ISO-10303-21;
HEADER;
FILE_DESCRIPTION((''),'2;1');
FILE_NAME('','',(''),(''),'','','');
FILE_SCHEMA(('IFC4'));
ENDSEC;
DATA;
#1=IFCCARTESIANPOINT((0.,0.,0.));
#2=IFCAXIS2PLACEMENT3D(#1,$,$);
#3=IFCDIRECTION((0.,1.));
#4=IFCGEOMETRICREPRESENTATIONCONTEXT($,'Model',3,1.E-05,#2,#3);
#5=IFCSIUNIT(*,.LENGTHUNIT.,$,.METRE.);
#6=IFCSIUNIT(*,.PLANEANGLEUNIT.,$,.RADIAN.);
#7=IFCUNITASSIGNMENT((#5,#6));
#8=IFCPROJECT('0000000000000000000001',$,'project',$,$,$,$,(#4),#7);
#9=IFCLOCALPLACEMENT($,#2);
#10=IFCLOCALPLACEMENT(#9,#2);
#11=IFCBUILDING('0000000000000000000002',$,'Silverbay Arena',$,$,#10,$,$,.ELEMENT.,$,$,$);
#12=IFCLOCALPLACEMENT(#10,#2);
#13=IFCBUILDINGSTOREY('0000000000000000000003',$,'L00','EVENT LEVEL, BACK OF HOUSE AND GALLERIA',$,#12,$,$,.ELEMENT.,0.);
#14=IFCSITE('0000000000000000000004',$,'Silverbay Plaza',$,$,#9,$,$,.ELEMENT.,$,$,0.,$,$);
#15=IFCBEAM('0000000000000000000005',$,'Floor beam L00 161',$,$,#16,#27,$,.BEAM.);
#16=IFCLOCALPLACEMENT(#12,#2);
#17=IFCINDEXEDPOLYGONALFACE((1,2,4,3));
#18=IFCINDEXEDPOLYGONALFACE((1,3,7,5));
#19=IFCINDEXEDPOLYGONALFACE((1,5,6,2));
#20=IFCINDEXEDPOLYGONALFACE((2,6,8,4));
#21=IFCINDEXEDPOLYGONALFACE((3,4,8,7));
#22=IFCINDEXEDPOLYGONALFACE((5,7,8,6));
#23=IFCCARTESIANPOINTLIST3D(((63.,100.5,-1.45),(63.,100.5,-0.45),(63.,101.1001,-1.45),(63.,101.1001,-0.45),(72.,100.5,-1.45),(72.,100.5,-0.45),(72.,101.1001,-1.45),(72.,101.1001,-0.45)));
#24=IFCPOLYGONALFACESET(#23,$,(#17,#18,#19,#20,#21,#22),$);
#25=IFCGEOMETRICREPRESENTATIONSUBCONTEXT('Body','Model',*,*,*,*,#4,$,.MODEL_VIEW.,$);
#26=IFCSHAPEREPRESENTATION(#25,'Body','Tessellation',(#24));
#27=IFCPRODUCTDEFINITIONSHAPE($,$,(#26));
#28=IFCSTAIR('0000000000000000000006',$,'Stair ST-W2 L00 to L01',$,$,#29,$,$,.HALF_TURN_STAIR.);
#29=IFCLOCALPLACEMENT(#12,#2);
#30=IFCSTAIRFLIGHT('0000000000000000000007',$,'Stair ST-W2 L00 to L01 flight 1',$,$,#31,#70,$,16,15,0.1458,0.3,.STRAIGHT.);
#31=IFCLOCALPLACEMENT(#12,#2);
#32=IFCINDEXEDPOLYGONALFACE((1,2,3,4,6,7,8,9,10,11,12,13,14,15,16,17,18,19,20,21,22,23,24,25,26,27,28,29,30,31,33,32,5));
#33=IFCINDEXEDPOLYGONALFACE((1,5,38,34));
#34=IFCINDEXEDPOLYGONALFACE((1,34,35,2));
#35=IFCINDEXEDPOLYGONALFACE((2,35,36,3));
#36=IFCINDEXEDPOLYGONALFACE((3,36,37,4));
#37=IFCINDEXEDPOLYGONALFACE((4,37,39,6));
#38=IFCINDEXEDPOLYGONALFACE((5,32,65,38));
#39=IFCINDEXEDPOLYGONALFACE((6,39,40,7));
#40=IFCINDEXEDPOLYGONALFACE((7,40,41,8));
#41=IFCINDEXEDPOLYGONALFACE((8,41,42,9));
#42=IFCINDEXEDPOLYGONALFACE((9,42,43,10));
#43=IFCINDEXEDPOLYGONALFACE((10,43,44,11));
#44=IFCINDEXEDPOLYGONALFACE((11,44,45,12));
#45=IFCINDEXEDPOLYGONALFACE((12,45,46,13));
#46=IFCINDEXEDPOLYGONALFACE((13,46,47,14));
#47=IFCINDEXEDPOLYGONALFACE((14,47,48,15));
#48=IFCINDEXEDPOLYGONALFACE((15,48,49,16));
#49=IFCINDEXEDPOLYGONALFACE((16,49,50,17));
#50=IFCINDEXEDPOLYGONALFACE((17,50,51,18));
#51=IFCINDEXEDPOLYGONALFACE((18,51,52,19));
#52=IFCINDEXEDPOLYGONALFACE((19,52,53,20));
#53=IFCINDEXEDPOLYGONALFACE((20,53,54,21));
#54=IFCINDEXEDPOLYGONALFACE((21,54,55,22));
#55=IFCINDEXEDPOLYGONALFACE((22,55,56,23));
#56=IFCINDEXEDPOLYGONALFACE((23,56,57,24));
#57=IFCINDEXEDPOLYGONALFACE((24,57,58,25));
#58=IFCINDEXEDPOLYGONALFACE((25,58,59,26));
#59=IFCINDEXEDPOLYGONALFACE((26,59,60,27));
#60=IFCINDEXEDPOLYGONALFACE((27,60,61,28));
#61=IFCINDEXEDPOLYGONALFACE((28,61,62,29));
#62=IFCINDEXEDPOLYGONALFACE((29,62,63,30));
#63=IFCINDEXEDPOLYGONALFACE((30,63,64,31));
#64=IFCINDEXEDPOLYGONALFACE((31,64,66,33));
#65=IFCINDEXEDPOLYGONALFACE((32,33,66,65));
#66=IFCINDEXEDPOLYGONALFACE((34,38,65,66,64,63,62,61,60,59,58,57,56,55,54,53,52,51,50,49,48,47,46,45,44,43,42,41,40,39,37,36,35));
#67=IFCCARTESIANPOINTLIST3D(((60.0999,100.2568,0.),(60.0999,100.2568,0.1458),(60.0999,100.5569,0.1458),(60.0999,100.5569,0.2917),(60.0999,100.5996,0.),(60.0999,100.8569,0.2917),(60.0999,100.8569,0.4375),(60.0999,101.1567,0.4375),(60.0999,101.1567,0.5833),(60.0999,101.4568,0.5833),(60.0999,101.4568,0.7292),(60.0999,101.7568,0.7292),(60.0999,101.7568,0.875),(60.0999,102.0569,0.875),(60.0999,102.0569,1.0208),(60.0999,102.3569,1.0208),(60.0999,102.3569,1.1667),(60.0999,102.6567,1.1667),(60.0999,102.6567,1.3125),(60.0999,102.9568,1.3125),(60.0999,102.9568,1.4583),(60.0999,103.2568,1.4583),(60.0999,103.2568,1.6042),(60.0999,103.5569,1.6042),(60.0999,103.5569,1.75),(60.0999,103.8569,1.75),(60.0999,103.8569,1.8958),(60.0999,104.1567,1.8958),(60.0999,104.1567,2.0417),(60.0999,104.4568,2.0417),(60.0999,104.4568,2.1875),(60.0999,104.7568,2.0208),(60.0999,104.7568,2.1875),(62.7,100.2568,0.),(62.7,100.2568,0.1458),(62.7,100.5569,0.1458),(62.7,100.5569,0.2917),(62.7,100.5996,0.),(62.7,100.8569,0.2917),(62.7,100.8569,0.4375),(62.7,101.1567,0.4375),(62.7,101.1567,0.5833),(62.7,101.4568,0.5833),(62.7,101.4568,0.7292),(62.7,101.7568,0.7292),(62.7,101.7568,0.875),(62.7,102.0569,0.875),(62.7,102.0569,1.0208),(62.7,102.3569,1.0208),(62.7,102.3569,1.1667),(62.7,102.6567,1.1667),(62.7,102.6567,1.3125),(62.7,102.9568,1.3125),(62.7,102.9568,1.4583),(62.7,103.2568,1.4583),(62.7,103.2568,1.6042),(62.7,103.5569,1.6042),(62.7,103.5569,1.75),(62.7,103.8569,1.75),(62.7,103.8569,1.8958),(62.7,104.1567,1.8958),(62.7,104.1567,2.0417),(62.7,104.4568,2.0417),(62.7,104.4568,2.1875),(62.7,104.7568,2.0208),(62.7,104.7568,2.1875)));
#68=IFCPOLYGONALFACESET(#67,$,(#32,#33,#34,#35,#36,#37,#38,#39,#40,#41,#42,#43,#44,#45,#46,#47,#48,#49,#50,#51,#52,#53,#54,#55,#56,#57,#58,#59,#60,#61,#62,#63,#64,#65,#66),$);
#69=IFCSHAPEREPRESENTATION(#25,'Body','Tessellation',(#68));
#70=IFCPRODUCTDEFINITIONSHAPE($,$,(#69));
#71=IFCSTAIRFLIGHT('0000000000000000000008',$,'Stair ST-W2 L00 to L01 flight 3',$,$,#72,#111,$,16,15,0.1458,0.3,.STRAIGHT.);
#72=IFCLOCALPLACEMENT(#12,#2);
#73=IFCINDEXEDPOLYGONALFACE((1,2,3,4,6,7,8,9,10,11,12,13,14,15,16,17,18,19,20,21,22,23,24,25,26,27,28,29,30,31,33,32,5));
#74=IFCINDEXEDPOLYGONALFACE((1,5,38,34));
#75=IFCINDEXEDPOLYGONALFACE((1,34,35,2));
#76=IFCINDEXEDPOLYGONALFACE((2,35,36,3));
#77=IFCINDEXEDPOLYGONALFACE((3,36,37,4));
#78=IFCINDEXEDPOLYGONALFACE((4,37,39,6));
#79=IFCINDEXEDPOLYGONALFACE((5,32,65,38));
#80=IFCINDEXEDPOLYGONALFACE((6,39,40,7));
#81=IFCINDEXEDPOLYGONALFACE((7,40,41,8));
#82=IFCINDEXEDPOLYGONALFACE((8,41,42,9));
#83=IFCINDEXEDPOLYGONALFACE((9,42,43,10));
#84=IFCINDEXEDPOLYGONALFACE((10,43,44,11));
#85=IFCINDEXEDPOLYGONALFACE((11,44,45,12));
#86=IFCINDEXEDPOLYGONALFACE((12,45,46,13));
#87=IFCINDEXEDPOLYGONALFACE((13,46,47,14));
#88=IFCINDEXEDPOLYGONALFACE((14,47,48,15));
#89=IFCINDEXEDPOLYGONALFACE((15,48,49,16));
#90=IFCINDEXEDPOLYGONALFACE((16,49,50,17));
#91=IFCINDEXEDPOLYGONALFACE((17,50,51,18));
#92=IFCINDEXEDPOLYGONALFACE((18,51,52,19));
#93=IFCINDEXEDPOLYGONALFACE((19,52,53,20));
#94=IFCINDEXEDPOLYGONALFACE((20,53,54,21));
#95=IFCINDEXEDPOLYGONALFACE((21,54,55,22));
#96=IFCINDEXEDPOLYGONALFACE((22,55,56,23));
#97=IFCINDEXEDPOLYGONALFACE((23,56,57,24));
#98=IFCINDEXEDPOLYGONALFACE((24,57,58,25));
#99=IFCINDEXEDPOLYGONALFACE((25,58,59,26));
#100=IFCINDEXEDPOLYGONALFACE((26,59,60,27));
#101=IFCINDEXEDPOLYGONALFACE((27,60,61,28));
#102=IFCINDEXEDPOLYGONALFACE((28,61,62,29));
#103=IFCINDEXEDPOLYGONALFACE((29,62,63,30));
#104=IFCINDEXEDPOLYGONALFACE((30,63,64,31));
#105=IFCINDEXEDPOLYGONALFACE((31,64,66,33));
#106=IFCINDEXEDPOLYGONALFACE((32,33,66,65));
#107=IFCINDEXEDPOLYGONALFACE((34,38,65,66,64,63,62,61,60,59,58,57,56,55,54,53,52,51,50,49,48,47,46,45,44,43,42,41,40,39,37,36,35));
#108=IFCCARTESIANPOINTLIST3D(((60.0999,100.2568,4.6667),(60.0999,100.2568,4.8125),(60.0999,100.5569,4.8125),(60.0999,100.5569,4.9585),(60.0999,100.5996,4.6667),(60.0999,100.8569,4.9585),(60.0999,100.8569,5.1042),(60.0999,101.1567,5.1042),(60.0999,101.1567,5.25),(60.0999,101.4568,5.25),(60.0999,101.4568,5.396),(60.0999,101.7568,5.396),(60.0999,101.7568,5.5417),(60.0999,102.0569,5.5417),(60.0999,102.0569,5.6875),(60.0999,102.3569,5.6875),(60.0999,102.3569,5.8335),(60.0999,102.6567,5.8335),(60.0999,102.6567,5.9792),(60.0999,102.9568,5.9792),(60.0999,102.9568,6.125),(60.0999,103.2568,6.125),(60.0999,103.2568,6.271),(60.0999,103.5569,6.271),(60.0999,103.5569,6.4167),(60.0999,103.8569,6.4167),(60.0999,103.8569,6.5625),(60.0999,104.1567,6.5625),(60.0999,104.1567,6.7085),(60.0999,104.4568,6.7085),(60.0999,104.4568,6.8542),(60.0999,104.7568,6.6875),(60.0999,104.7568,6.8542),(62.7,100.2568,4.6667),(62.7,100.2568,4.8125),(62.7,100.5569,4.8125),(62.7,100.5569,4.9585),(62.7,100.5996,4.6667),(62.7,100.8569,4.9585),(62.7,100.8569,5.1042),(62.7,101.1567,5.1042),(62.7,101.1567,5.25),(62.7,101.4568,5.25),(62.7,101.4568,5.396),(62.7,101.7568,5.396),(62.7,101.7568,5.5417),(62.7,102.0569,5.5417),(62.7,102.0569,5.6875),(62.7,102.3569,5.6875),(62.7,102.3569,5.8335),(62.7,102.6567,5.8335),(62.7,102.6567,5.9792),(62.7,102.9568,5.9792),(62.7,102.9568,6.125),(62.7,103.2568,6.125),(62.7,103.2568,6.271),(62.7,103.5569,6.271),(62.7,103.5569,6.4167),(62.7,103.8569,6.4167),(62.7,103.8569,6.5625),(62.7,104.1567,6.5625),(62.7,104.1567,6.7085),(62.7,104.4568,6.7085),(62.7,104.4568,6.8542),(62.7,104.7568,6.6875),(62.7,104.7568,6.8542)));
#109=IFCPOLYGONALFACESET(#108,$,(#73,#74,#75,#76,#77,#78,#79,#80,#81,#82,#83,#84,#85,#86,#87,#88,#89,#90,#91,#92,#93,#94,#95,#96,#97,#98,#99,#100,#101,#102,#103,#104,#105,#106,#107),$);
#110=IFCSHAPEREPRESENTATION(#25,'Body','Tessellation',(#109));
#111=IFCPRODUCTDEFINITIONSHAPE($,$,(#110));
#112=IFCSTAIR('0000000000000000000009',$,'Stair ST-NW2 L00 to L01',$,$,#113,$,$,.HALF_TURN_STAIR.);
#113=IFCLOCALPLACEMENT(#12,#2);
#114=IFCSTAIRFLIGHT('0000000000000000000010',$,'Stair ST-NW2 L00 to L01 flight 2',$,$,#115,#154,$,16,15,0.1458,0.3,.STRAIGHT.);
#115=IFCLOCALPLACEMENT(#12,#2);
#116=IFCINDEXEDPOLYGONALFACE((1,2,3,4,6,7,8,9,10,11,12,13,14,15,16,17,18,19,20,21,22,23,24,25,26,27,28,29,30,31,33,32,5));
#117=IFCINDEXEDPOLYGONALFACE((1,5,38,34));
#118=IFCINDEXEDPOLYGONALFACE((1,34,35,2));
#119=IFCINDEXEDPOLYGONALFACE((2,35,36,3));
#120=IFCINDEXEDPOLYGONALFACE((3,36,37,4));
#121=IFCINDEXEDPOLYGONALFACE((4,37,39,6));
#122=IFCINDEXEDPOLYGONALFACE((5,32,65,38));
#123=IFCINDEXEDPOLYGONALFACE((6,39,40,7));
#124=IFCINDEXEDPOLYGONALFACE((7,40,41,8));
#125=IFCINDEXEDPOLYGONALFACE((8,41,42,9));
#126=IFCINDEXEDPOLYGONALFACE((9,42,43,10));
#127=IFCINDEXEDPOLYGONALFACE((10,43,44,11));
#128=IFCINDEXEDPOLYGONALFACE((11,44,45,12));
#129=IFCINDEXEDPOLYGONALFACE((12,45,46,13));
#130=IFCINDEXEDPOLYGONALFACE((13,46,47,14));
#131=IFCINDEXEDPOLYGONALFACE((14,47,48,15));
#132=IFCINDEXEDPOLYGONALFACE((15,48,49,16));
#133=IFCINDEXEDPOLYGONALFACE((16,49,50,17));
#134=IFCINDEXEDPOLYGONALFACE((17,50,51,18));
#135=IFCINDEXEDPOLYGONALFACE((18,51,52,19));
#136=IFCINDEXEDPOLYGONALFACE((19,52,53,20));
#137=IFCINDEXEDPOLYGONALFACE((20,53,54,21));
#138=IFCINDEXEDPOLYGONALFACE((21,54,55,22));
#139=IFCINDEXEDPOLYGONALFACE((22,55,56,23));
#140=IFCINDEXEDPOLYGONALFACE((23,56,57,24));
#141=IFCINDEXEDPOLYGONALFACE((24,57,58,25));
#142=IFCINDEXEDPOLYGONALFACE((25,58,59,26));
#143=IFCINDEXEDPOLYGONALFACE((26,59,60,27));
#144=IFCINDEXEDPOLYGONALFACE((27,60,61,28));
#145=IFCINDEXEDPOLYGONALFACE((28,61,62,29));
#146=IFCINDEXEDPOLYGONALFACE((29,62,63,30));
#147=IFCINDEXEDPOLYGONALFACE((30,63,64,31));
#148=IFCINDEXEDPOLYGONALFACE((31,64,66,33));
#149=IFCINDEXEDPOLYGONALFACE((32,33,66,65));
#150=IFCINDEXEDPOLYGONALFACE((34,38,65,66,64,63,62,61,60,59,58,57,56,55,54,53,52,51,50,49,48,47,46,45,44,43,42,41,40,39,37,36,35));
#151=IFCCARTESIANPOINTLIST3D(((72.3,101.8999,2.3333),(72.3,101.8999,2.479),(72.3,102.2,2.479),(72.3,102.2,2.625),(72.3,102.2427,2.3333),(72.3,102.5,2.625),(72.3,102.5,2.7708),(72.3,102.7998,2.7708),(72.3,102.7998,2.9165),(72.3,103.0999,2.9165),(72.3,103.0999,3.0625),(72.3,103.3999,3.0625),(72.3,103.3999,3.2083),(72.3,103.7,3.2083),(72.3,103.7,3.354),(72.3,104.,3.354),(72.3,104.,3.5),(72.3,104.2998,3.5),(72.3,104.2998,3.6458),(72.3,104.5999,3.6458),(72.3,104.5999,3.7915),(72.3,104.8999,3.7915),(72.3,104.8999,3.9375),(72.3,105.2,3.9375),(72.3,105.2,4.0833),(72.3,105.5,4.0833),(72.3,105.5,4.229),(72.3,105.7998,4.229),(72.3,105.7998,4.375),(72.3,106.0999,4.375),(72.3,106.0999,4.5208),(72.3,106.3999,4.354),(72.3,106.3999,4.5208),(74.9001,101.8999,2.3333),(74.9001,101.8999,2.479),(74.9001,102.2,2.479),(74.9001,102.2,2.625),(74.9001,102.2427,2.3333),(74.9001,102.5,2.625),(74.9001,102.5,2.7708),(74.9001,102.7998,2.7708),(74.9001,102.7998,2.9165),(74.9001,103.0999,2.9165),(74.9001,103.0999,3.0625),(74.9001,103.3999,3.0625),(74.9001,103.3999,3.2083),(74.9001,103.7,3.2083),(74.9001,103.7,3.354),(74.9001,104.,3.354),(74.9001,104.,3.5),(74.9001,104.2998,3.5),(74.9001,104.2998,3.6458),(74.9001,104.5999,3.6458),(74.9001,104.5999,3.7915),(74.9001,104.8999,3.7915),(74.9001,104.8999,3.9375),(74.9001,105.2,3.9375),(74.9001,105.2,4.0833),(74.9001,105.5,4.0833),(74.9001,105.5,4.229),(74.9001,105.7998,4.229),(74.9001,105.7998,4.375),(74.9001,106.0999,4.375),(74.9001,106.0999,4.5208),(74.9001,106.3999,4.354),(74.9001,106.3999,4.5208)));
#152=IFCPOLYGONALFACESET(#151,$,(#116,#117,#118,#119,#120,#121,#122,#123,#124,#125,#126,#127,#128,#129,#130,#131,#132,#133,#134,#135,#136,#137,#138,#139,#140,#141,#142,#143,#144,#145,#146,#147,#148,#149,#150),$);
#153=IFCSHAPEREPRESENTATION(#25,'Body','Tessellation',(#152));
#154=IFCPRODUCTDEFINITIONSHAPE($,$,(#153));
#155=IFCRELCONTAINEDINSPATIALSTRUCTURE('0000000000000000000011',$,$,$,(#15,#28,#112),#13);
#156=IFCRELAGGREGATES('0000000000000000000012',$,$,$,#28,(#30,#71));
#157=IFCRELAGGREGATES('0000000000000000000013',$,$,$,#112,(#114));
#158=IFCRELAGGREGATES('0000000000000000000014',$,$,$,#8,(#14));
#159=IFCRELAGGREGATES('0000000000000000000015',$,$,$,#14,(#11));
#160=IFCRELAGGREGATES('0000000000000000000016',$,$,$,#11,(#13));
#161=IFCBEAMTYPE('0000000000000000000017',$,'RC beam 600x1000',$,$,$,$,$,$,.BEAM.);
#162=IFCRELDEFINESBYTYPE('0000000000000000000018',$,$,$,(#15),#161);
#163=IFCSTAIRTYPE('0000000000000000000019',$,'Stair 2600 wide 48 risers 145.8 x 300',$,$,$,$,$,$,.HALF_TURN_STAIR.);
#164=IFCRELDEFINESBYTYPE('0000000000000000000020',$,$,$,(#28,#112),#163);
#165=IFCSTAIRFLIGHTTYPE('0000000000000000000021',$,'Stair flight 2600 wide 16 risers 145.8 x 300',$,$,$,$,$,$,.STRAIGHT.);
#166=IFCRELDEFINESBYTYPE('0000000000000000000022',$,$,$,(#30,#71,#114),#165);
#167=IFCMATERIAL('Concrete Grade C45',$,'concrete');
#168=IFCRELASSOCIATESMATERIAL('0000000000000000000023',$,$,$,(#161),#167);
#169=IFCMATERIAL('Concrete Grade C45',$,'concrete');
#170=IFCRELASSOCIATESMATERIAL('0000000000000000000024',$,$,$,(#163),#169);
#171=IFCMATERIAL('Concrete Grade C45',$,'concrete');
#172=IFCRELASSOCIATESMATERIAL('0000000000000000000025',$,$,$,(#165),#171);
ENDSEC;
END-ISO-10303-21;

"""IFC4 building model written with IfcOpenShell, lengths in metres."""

from ifc_helpers import new_model, si_unit, direction, frame, origin, origin_2d, place, context, subcontext, project, spatial, polyline, rectangle, outline, extrude, material, material_profile, profile_set, type_object, element, aggregate, save


model = new_model("IFC4")

# Units and contexts
model_context = context("Model", 3, precision=1e-05, world=origin(), true_north=direction((0.0, 1.0)))
body_context = subcontext(model_context, "Body", "Model", "MODEL_VIEW")
ifc_project = project(units=[si_unit("LENGTHUNIT", "METRE"), si_unit("PLANEANGLEUNIT", "RADIAN")], contexts=[model_context])

# Site, building, storey
site_placement = place(None, origin())
site = spatial("IfcSite", under=ifc_project, at=site_placement, Name="Silverbay Plaza", CompositionType="ELEMENT", RefElevation=0.0)
building_placement = place(site_placement, origin())
building = spatial("IfcBuilding", under=site, at=building_placement, Name="Silverbay Arena", CompositionType="ELEMENT")
storey_placement = place(building_placement, origin())
storey = spatial("IfcBuildingStorey", under=building, at=storey_placement, Name="L00", Description="EVENT LEVEL, BACK OF HOUSE AND GALLERIA", CompositionType="ELEMENT", Elevation=0.0)

# Beam
ifc_material_1 = material(Name="Concrete Grade C45", Category="concrete")
ifc_material_profile = material_profile(ifc_material_1, rectangle(XDim=0.6001, YDim=1.0, at=origin_2d()), Name="RC 600x1000")
ifc_profile_set = profile_set([ifc_material_profile], Name="Concrete Grade C45")
beam_type = type_object("IfcBeamType", Name="RC beam 600x1000", PredefinedType="BEAM", material=ifc_profile_set)
beam_placement = place(storey_placement, frame((63.0, 100.8, -0.95), z_axis=(1.0, 0.0, 0.0), x_axis=(0.0, 1.0, 0.0)))
element("IfcBeam", 1, at=beam_placement, inside=storey, type_object=beam_type, Name="Floor beam L00 161", PredefinedType="BEAM", context=body_context, shape_type="SweptSolid", body=[
    extrude(rectangle(XDim=0.6001, YDim=1.0, at=origin_2d()), origin(), (0.0, 0.0, 1.0), 9.0),
])

# Stair, stair flights
ifc_material_2 = material(Name="Concrete Grade C45", Category="concrete")
stair_type = type_object("IfcStairType", Name="Stair 2600 wide 48 risers 145.8 x 300", PredefinedType="HALF_TURN_STAIR", material=ifc_material_2)
stair_1_placement = place(storey_placement, origin())
stair_1 = element("IfcStair", 2, at=stair_1_placement, inside=storey, type_object=stair_type, Name="Stair ST-W2 L00 to L01", PredefinedType="HALF_TURN_STAIR")
ifc_material_3 = material(Name="Concrete Grade C45", Category="concrete")
stair_flight_type = type_object("IfcStairFlightType", Name="Stair flight 2600 wide 16 risers 145.8 x 300", PredefinedType="STRAIGHT", material=ifc_material_3)
stair_flight_1_placement = place(storey_placement, frame((61.3999, 100.2568, 0.0), z_axis=(0.0, 0.0, 1.0), x_axis=(0.0, 1.0, 0.0)))
stair_flight_1 = element("IfcStairFlight", 3, at=stair_flight_1_placement, type_object=stair_flight_type, Name="Stair ST-W2 L00 to L01 flight 1", NumberOfRisers=16, NumberOfTreads=15, PredefinedType="STRAIGHT", RiserHeight=0.1458, TreadLength=0.3, context=body_context, shape_type="SweptSolid", body=[
    extrude(outline(polyline([(0.0, 0.0), (0.0, 0.1458), (0.3, 0.1458), (0.3, 0.2917), (0.6001, 0.2917), (0.6001, 0.4375), (0.8999, 0.4375), (0.8999, 0.5833), (1.2, 0.5833), (1.2, 0.7292), (1.5, 0.7292), (1.5, 0.875), (1.8, 0.875), (1.8, 1.0208), (2.1001, 1.0208), (2.1001, 1.1667), (2.3999, 1.1667), (2.3999, 1.3125), (2.7, 1.3125), (2.7, 1.4583), (3.0, 1.4583), (3.0, 1.6042), (3.3, 1.6042), (3.3, 1.75), (3.6001, 1.75), (3.6001, 1.8958), (3.8999, 1.8958), (3.8999, 2.0417), (4.2, 2.0417), (4.2, 2.1875), (4.5, 2.1875), (4.5, 2.0208), (0.3428, 0.0), (0.0, 0.0)])), frame((0.0, 1.3, 0.0), z_axis=(0.0, -1.0, 0.0), x_axis=(1.0, 0.0, 0.0)), (0.0, 0.0, 1.0), 2.6001),
])
stair_flight_2_placement = place(storey_placement, frame((61.3999, 100.2568, 4.6667), z_axis=(0.0, 0.0, 1.0), x_axis=(0.0, 1.0, 0.0)))
stair_flight_2 = element("IfcStairFlight", 4, at=stair_flight_2_placement, type_object=stair_flight_type, Name="Stair ST-W2 L00 to L01 flight 3", NumberOfRisers=16, NumberOfTreads=15, PredefinedType="STRAIGHT", RiserHeight=0.1458, TreadLength=0.3, context=body_context, shape_type="SweptSolid", body=[
    extrude(outline(polyline([(0.0, 0.0), (0.0, 0.1458), (0.3, 0.1458), (0.3, 0.2917), (0.6001, 0.2917), (0.6001, 0.4375), (0.8999, 0.4375), (0.8999, 0.5833), (1.2, 0.5833), (1.2, 0.7292), (1.5, 0.7292), (1.5, 0.875), (1.8, 0.875), (1.8, 1.0208), (2.1001, 1.0208), (2.1001, 1.1667), (2.3999, 1.1667), (2.3999, 1.3125), (2.7, 1.3125), (2.7, 1.4583), (3.0, 1.4583), (3.0, 1.6042), (3.3, 1.6042), (3.3, 1.75), (3.6001, 1.75), (3.6001, 1.8958), (3.8999, 1.8958), (3.8999, 2.0417), (4.2, 2.0417), (4.2, 2.1875), (4.5, 2.1875), (4.5, 2.0208), (0.3428, 0.0), (0.0, 0.0)])), frame((0.0, 1.3, 0.0), z_axis=(0.0, -1.0, 0.0), x_axis=(1.0, 0.0, 0.0)), (0.0, 0.0, 1.0), 2.6001),
])
aggregate(stair_1, [stair_flight_1, stair_flight_2])

# Stair, stair flight
stair_2_placement = place(storey_placement, origin())
stair_2 = element("IfcStair", 5, at=stair_2_placement, inside=storey, type_object=stair_type, Name="Stair ST-NW2 L00 to L01", PredefinedType="HALF_TURN_STAIR")
stair_flight_3_placement = place(storey_placement, frame((73.6001, 101.8999, 2.3333), z_axis=(0.0, 0.0, 1.0), x_axis=(0.0, 1.0, 0.0)))
stair_flight_3 = element("IfcStairFlight", 6, at=stair_flight_3_placement, type_object=stair_flight_type, Name="Stair ST-NW2 L00 to L01 flight 2", NumberOfRisers=16, NumberOfTreads=15, PredefinedType="STRAIGHT", RiserHeight=0.1458, TreadLength=0.3, context=body_context, shape_type="SweptSolid", body=[
    extrude(outline(polyline([(0.0, 0.0), (0.0, 0.1458), (0.3, 0.1458), (0.3, 0.2917), (0.6001, 0.2917), (0.6001, 0.4375), (0.8999, 0.4375), (0.8999, 0.5833), (1.2, 0.5833), (1.2, 0.7292), (1.5, 0.7292), (1.5, 0.875), (1.8, 0.875), (1.8, 1.0208), (2.1001, 1.0208), (2.1001, 1.1667), (2.3999, 1.1667), (2.3999, 1.3125), (2.7, 1.3125), (2.7, 1.4583), (3.0, 1.4583), (3.0, 1.6042), (3.3, 1.6042), (3.3, 1.75), (3.6001, 1.75), (3.6001, 1.8958), (3.8999, 1.8958), (3.8999, 2.0417), (4.2, 2.0417), (4.2, 2.1875), (4.5, 2.1875), (4.5, 2.0208), (0.3428, 0.0), (0.0, 0.0)])), frame((0.0, 1.3, 0.0), z_axis=(0.0, -1.0, 0.0), x_axis=(1.0, 0.0, 0.0)), (0.0, 0.0, 1.0), 2.6001),
])
aggregate(stair_2, [stair_flight_3])

save(model, "model.ifc")
